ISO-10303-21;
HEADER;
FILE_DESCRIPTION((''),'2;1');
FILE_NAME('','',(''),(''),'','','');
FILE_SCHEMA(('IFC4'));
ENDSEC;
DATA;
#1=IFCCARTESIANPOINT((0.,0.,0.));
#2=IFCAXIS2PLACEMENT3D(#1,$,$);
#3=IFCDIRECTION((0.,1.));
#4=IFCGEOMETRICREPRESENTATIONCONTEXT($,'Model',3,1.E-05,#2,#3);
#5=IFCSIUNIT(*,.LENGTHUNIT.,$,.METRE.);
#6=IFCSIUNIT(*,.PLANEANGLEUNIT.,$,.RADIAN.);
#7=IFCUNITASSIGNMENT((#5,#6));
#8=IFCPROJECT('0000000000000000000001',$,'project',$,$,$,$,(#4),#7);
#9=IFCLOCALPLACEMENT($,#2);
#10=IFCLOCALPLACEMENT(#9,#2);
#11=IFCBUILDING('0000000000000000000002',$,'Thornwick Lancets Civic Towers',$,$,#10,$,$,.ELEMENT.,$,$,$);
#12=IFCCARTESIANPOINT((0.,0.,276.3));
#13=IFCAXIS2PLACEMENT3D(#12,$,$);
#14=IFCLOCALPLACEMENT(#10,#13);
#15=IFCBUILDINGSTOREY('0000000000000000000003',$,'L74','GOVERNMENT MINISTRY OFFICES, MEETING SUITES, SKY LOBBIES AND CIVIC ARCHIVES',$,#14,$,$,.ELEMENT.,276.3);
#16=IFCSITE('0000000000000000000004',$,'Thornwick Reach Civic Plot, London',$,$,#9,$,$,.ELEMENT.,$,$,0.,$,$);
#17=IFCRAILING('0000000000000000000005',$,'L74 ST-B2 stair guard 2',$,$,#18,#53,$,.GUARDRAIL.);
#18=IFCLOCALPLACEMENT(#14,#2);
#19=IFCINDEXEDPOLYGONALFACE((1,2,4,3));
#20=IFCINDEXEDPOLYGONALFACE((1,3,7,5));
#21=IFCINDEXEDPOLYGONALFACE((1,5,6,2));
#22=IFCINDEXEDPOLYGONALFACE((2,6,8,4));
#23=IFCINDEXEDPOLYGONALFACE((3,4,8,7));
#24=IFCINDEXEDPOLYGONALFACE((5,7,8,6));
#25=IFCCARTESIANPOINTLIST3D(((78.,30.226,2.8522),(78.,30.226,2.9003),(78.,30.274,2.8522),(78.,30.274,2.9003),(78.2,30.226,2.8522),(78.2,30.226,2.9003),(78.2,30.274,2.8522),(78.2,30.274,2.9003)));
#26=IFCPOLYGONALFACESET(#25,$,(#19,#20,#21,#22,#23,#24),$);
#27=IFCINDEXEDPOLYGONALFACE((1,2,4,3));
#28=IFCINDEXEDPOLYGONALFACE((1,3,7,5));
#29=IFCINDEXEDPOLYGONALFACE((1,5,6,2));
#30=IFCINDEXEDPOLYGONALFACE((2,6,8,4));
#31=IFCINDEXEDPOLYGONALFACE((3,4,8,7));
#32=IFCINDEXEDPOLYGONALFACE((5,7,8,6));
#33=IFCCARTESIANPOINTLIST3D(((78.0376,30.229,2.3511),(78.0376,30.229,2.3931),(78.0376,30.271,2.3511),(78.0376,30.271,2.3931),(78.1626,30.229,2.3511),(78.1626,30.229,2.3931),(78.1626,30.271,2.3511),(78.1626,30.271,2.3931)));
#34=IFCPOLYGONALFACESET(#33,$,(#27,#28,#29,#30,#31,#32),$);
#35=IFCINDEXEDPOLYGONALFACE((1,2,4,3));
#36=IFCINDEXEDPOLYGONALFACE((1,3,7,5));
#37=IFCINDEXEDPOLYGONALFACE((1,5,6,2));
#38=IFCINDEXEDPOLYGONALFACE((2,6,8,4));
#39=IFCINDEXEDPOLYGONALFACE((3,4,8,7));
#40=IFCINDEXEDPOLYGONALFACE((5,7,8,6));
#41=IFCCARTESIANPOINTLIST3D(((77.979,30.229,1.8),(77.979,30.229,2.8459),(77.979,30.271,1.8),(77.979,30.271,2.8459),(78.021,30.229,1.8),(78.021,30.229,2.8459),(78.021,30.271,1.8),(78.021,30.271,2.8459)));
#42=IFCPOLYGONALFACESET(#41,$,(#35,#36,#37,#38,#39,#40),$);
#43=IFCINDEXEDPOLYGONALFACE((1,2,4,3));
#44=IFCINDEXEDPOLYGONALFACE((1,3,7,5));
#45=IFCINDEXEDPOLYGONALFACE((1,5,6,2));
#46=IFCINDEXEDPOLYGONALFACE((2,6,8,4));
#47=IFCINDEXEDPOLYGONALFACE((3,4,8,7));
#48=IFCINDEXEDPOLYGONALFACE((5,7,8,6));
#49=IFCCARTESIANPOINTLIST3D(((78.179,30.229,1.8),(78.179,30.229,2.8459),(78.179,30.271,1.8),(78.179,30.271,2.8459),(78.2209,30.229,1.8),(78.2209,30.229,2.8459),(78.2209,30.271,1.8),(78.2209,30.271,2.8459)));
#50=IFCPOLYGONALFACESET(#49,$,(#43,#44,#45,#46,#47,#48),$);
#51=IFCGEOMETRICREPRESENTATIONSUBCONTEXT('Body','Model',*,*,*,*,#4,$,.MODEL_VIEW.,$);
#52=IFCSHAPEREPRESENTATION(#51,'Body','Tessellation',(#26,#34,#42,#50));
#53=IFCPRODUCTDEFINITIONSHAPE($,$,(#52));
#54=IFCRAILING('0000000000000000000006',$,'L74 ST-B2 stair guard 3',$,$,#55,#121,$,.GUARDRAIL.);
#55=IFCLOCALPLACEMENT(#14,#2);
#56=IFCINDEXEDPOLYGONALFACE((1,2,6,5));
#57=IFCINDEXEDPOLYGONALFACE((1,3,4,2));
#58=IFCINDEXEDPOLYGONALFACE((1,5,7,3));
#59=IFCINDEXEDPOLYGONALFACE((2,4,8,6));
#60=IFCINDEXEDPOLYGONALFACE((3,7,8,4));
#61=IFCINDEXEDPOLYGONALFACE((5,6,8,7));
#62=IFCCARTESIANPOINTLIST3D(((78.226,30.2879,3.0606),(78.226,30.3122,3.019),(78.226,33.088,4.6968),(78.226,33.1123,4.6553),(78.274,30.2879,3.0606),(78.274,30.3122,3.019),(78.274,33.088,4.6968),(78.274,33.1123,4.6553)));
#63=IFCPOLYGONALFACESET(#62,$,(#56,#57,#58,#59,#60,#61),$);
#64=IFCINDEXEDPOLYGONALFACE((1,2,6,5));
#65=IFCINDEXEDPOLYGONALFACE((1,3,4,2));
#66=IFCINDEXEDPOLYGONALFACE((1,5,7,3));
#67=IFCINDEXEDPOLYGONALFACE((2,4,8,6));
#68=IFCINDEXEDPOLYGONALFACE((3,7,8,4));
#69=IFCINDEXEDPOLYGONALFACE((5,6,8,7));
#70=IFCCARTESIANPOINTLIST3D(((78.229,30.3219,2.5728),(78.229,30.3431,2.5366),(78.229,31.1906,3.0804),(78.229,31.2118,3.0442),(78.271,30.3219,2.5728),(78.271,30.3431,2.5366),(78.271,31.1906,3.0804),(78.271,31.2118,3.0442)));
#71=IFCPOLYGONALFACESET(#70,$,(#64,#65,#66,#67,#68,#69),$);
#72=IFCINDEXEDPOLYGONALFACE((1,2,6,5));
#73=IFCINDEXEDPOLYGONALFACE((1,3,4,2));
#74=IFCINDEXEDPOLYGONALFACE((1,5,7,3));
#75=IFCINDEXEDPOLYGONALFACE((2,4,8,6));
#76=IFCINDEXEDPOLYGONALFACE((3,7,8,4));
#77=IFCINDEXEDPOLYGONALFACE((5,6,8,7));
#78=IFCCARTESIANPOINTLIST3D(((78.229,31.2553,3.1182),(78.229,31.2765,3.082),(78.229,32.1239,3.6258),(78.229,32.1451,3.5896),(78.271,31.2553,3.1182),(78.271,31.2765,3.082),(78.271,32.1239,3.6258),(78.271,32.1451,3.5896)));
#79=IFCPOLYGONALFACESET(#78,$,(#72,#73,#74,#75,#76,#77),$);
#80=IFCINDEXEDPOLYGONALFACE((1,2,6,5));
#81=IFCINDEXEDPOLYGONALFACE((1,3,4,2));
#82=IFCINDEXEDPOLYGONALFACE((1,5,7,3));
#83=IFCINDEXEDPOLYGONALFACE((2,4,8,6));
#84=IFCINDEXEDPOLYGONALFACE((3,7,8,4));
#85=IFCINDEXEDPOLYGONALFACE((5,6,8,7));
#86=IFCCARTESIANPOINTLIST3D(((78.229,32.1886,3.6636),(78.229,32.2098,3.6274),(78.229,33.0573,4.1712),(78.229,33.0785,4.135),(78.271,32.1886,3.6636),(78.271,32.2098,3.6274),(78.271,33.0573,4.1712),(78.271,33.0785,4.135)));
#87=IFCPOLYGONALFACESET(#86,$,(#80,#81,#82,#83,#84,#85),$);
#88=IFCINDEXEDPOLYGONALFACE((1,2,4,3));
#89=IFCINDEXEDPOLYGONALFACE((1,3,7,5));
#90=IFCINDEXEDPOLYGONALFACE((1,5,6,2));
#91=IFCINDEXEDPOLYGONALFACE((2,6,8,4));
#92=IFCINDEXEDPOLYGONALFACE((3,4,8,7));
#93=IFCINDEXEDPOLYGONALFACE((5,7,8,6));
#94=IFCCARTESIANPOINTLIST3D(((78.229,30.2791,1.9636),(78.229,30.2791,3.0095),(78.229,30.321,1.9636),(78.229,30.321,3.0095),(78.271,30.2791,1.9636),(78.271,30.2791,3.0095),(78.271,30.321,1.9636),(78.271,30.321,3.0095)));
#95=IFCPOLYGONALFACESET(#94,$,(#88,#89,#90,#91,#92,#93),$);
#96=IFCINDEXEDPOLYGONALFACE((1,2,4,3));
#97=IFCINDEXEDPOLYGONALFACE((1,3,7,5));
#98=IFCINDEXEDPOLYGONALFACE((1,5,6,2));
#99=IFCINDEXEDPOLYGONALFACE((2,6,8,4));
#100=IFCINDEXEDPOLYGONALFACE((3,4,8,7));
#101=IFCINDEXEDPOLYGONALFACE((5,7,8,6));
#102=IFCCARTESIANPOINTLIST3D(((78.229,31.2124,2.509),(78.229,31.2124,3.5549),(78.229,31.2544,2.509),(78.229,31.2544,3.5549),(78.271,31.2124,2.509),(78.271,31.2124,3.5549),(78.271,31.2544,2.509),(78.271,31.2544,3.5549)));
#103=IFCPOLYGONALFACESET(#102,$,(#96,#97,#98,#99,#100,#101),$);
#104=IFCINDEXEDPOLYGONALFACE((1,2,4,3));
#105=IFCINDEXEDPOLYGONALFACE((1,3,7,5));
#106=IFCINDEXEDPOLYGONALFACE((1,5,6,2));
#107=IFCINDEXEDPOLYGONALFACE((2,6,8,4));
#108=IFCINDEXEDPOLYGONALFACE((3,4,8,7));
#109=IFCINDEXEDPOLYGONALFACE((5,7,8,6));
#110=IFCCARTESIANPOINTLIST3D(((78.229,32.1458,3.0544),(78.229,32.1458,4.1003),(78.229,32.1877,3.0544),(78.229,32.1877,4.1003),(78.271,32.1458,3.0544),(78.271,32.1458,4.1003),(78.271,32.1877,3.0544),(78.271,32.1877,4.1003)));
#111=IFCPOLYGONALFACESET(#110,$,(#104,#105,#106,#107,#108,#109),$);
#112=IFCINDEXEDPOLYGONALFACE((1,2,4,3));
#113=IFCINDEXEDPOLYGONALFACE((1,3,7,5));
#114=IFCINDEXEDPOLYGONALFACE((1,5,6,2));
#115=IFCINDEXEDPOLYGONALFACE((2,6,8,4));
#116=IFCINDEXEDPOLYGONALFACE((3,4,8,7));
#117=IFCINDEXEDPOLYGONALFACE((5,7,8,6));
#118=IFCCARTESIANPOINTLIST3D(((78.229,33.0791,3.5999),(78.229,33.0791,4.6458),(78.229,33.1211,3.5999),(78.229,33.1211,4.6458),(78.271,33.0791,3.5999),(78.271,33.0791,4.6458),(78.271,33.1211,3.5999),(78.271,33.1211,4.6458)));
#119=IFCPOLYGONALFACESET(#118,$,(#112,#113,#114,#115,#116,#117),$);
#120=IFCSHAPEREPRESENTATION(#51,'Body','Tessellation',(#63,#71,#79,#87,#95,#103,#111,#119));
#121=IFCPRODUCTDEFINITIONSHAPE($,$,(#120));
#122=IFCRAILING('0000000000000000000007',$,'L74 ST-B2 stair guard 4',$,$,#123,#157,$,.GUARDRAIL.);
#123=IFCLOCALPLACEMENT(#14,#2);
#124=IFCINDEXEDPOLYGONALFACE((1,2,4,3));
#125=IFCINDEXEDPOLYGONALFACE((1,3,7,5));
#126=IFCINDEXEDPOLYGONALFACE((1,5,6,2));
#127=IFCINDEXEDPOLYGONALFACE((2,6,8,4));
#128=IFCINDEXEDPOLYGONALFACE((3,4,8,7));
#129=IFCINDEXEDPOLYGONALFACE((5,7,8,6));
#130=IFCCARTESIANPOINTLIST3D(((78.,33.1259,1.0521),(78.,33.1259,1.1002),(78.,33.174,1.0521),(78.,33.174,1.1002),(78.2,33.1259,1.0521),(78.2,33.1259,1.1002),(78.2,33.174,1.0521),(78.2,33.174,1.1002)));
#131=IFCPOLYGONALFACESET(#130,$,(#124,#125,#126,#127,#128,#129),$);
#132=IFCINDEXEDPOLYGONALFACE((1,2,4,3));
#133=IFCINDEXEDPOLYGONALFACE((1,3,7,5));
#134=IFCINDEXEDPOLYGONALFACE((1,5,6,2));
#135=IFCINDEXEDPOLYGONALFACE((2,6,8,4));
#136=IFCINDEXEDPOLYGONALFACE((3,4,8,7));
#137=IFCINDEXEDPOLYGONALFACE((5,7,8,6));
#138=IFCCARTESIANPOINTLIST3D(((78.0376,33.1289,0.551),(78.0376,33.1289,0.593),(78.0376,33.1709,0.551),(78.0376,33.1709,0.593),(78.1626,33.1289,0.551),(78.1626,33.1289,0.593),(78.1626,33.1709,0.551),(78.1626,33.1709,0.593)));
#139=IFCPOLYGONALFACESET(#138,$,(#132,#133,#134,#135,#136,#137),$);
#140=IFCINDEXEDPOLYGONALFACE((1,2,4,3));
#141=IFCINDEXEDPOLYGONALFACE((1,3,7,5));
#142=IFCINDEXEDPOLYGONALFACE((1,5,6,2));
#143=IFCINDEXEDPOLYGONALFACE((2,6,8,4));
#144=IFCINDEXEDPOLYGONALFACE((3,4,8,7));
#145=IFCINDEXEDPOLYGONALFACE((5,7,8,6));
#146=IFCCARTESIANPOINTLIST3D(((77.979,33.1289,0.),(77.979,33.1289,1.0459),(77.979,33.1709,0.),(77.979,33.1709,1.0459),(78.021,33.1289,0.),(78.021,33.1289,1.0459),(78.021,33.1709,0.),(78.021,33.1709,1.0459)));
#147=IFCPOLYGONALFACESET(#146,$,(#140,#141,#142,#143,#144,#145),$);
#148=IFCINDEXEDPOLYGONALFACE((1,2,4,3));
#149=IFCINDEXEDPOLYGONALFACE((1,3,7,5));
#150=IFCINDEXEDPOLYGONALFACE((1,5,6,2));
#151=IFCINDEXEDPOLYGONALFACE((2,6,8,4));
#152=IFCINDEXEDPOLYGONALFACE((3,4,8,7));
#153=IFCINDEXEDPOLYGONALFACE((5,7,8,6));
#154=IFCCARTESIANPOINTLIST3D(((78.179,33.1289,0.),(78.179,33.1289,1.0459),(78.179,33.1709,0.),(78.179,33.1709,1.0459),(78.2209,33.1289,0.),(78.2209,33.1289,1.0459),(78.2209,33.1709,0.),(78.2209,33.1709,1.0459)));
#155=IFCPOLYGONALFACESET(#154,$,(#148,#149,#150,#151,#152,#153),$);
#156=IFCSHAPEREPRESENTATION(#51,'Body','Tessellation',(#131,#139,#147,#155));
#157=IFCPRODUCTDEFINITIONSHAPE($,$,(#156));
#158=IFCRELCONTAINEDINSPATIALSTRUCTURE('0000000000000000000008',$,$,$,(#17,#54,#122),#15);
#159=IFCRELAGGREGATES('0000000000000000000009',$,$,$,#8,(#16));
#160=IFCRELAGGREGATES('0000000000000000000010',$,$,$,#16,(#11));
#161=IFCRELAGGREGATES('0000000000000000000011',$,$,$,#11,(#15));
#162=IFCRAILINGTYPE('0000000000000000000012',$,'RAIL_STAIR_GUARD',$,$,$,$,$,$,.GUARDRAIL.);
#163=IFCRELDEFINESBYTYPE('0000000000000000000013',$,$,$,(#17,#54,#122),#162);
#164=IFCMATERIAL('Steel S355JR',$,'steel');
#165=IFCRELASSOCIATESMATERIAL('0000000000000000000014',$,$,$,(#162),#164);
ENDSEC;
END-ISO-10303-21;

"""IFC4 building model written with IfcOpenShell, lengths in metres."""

from ifc_helpers import new_model, si_unit, direction, frame, origin, origin_2d, place, context, subcontext, project, spatial, rectangle, extrude, material, type_object, element, save


model = new_model("IFC4")

# Units and contexts
model_context = context("Model", 3, precision=1e-05, world=origin(), true_north=direction((0.0, 1.0)))
body_context = subcontext(model_context, "Body", "Model", "MODEL_VIEW")
ifc_project = project(units=[si_unit("LENGTHUNIT", "METRE"), si_unit("PLANEANGLEUNIT", "RADIAN")], contexts=[model_context])

# Site, building, storey
site_placement = place(None, origin())
site = spatial("IfcSite", under=ifc_project, at=site_placement, Name="Thornwick Reach Civic Plot, London", CompositionType="ELEMENT", RefElevation=0.0)
building_placement = place(site_placement, origin())
building = spatial("IfcBuilding", under=site, at=building_placement, Name="Thornwick Lancets Civic Towers", CompositionType="ELEMENT")
storey_placement = place(building_placement, frame((0.0, 0.0, 276.3)))
storey = spatial("IfcBuildingStorey", under=building, at=storey_placement, Name="L74", Description="GOVERNMENT MINISTRY OFFICES, MEETING SUITES, SKY LOBBIES AND CIVIC ARCHIVES", CompositionType="ELEMENT", Elevation=276.3)

# Shared definitions
ifc_material_1 = material(Name="Steel S355JR", Category="steel")

# Railings
railing_type_1 = type_object("IfcRailingType", Name="RAIL_STAIR_GUARD", PredefinedType="GUARDRAIL", material=ifc_material_1)
railing_1_placement = place(storey_placement, frame((78.0, 30.25, 1.8)))
element("IfcRailing", 1, at=railing_1_placement, inside=storey, type_object=railing_type_1, Name="L74 ST-B2 stair guard 2", PredefinedType="GUARDRAIL", context=body_context, shape_type="SweptSolid", body=[
    extrude(rectangle(XDim=0.0481, YDim=0.0481, at=origin_2d()), frame((0.0, 0.0, 1.0762), z_axis=(1.0, 0.0, 0.0), x_axis=(0.0, 1.0, 0.0)), (0.0, 0.0, 1.0), 0.2),
    extrude(rectangle(XDim=0.042, YDim=0.042, at=origin_2d()), frame((0.0376, 0.0, 0.572), z_axis=(1.0, 0.0, 0.0), x_axis=(0.0, 1.0, 0.0)), (0.0, 0.0, 1.0), 0.125),
    extrude(rectangle(XDim=0.042, YDim=0.042, at=origin_2d()), origin(), (0.0, 0.0, 1.0), 1.0459),
    extrude(rectangle(XDim=0.042, YDim=0.042, at=origin_2d()), frame((0.2, 0.0, 0.0)), (0.0, 0.0, 1.0), 1.0459),
])
railing_2_placement = place(storey_placement, frame((78.25, 30.3, 1.9636)))
element("IfcRailing", 2, at=railing_2_placement, inside=storey, type_object=railing_type_1, Name="L74 ST-B2 stair guard 3", PredefinedType="GUARDRAIL", context=body_context, shape_type="SweptSolid", body=[
    extrude(rectangle(XDim=0.0481, YDim=0.0481, at=origin_2d()), frame((0.0, 0.0, 1.0762), z_axis=(0.0, 0.863394, 0.504531), x_axis=(-1.0, 0.0, 0.0)), (0.0, 0.0, 1.0), 3.2432),
    extrude(rectangle(XDim=0.042, YDim=0.042, at=origin_2d()), frame((0.0, 0.0325, 0.5911), z_axis=(0.0, 0.863394, 0.504531), x_axis=(-1.0, 0.0, 0.0)), (0.0, 0.0, 1.0), 1.0061),
    extrude(rectangle(XDim=0.042, YDim=0.042, at=origin_2d()), frame((0.0, 0.9658, 1.1365), z_axis=(0.0, 0.863394, 0.504531), x_axis=(-1.0, 0.0, 0.0)), (0.0, 0.0, 1.0), 1.0061),
    extrude(rectangle(XDim=0.042, YDim=0.042, at=origin_2d()), frame((0.0, 1.8992, 1.6819), z_axis=(0.0, 0.863394, 0.504531), x_axis=(-1.0, 0.0, 0.0)), (0.0, 0.0, 1.0), 1.0061),
    extrude(rectangle(XDim=0.042, YDim=0.042, at=origin_2d()), origin(), (0.0, 0.0, 1.0), 1.0459),
    extrude(rectangle(XDim=0.042, YDim=0.042, at=origin_2d()), frame((0.0, 0.9333, 0.5454)), (0.0, 0.0, 1.0), 1.0459),
    extrude(rectangle(XDim=0.042, YDim=0.042, at=origin_2d()), frame((0.0, 1.8667, 1.0908)), (0.0, 0.0, 1.0), 1.0459),
    extrude(rectangle(XDim=0.042, YDim=0.042, at=origin_2d()), frame((0.0, 2.8, 1.6362)), (0.0, 0.0, 1.0), 1.0459),
])
railing_3_placement = place(storey_placement, frame((78.0, 33.1499, 0.0)))
element("IfcRailing", 3, at=railing_3_placement, inside=storey, type_object=railing_type_1, Name="L74 ST-B2 stair guard 4", PredefinedType="GUARDRAIL", context=body_context, shape_type="SweptSolid", body=[
    extrude(rectangle(XDim=0.0481, YDim=0.0481, at=origin_2d()), frame((0.0, 0.0, 1.0762), z_axis=(1.0, 0.0, 0.0), x_axis=(0.0, 1.0, 0.0)), (0.0, 0.0, 1.0), 0.2),
    extrude(rectangle(XDim=0.042, YDim=0.042, at=origin_2d()), frame((0.0376, 0.0, 0.572), z_axis=(1.0, 0.0, 0.0), x_axis=(0.0, 1.0, 0.0)), (0.0, 0.0, 1.0), 0.125),
    extrude(rectangle(XDim=0.042, YDim=0.042, at=origin_2d()), origin(), (0.0, 0.0, 1.0), 1.0459),
    extrude(rectangle(XDim=0.042, YDim=0.042, at=origin_2d()), frame((0.2, 0.0, 0.0)), (0.0, 0.0, 1.0), 1.0459),
])

save(model, "model.ifc")
